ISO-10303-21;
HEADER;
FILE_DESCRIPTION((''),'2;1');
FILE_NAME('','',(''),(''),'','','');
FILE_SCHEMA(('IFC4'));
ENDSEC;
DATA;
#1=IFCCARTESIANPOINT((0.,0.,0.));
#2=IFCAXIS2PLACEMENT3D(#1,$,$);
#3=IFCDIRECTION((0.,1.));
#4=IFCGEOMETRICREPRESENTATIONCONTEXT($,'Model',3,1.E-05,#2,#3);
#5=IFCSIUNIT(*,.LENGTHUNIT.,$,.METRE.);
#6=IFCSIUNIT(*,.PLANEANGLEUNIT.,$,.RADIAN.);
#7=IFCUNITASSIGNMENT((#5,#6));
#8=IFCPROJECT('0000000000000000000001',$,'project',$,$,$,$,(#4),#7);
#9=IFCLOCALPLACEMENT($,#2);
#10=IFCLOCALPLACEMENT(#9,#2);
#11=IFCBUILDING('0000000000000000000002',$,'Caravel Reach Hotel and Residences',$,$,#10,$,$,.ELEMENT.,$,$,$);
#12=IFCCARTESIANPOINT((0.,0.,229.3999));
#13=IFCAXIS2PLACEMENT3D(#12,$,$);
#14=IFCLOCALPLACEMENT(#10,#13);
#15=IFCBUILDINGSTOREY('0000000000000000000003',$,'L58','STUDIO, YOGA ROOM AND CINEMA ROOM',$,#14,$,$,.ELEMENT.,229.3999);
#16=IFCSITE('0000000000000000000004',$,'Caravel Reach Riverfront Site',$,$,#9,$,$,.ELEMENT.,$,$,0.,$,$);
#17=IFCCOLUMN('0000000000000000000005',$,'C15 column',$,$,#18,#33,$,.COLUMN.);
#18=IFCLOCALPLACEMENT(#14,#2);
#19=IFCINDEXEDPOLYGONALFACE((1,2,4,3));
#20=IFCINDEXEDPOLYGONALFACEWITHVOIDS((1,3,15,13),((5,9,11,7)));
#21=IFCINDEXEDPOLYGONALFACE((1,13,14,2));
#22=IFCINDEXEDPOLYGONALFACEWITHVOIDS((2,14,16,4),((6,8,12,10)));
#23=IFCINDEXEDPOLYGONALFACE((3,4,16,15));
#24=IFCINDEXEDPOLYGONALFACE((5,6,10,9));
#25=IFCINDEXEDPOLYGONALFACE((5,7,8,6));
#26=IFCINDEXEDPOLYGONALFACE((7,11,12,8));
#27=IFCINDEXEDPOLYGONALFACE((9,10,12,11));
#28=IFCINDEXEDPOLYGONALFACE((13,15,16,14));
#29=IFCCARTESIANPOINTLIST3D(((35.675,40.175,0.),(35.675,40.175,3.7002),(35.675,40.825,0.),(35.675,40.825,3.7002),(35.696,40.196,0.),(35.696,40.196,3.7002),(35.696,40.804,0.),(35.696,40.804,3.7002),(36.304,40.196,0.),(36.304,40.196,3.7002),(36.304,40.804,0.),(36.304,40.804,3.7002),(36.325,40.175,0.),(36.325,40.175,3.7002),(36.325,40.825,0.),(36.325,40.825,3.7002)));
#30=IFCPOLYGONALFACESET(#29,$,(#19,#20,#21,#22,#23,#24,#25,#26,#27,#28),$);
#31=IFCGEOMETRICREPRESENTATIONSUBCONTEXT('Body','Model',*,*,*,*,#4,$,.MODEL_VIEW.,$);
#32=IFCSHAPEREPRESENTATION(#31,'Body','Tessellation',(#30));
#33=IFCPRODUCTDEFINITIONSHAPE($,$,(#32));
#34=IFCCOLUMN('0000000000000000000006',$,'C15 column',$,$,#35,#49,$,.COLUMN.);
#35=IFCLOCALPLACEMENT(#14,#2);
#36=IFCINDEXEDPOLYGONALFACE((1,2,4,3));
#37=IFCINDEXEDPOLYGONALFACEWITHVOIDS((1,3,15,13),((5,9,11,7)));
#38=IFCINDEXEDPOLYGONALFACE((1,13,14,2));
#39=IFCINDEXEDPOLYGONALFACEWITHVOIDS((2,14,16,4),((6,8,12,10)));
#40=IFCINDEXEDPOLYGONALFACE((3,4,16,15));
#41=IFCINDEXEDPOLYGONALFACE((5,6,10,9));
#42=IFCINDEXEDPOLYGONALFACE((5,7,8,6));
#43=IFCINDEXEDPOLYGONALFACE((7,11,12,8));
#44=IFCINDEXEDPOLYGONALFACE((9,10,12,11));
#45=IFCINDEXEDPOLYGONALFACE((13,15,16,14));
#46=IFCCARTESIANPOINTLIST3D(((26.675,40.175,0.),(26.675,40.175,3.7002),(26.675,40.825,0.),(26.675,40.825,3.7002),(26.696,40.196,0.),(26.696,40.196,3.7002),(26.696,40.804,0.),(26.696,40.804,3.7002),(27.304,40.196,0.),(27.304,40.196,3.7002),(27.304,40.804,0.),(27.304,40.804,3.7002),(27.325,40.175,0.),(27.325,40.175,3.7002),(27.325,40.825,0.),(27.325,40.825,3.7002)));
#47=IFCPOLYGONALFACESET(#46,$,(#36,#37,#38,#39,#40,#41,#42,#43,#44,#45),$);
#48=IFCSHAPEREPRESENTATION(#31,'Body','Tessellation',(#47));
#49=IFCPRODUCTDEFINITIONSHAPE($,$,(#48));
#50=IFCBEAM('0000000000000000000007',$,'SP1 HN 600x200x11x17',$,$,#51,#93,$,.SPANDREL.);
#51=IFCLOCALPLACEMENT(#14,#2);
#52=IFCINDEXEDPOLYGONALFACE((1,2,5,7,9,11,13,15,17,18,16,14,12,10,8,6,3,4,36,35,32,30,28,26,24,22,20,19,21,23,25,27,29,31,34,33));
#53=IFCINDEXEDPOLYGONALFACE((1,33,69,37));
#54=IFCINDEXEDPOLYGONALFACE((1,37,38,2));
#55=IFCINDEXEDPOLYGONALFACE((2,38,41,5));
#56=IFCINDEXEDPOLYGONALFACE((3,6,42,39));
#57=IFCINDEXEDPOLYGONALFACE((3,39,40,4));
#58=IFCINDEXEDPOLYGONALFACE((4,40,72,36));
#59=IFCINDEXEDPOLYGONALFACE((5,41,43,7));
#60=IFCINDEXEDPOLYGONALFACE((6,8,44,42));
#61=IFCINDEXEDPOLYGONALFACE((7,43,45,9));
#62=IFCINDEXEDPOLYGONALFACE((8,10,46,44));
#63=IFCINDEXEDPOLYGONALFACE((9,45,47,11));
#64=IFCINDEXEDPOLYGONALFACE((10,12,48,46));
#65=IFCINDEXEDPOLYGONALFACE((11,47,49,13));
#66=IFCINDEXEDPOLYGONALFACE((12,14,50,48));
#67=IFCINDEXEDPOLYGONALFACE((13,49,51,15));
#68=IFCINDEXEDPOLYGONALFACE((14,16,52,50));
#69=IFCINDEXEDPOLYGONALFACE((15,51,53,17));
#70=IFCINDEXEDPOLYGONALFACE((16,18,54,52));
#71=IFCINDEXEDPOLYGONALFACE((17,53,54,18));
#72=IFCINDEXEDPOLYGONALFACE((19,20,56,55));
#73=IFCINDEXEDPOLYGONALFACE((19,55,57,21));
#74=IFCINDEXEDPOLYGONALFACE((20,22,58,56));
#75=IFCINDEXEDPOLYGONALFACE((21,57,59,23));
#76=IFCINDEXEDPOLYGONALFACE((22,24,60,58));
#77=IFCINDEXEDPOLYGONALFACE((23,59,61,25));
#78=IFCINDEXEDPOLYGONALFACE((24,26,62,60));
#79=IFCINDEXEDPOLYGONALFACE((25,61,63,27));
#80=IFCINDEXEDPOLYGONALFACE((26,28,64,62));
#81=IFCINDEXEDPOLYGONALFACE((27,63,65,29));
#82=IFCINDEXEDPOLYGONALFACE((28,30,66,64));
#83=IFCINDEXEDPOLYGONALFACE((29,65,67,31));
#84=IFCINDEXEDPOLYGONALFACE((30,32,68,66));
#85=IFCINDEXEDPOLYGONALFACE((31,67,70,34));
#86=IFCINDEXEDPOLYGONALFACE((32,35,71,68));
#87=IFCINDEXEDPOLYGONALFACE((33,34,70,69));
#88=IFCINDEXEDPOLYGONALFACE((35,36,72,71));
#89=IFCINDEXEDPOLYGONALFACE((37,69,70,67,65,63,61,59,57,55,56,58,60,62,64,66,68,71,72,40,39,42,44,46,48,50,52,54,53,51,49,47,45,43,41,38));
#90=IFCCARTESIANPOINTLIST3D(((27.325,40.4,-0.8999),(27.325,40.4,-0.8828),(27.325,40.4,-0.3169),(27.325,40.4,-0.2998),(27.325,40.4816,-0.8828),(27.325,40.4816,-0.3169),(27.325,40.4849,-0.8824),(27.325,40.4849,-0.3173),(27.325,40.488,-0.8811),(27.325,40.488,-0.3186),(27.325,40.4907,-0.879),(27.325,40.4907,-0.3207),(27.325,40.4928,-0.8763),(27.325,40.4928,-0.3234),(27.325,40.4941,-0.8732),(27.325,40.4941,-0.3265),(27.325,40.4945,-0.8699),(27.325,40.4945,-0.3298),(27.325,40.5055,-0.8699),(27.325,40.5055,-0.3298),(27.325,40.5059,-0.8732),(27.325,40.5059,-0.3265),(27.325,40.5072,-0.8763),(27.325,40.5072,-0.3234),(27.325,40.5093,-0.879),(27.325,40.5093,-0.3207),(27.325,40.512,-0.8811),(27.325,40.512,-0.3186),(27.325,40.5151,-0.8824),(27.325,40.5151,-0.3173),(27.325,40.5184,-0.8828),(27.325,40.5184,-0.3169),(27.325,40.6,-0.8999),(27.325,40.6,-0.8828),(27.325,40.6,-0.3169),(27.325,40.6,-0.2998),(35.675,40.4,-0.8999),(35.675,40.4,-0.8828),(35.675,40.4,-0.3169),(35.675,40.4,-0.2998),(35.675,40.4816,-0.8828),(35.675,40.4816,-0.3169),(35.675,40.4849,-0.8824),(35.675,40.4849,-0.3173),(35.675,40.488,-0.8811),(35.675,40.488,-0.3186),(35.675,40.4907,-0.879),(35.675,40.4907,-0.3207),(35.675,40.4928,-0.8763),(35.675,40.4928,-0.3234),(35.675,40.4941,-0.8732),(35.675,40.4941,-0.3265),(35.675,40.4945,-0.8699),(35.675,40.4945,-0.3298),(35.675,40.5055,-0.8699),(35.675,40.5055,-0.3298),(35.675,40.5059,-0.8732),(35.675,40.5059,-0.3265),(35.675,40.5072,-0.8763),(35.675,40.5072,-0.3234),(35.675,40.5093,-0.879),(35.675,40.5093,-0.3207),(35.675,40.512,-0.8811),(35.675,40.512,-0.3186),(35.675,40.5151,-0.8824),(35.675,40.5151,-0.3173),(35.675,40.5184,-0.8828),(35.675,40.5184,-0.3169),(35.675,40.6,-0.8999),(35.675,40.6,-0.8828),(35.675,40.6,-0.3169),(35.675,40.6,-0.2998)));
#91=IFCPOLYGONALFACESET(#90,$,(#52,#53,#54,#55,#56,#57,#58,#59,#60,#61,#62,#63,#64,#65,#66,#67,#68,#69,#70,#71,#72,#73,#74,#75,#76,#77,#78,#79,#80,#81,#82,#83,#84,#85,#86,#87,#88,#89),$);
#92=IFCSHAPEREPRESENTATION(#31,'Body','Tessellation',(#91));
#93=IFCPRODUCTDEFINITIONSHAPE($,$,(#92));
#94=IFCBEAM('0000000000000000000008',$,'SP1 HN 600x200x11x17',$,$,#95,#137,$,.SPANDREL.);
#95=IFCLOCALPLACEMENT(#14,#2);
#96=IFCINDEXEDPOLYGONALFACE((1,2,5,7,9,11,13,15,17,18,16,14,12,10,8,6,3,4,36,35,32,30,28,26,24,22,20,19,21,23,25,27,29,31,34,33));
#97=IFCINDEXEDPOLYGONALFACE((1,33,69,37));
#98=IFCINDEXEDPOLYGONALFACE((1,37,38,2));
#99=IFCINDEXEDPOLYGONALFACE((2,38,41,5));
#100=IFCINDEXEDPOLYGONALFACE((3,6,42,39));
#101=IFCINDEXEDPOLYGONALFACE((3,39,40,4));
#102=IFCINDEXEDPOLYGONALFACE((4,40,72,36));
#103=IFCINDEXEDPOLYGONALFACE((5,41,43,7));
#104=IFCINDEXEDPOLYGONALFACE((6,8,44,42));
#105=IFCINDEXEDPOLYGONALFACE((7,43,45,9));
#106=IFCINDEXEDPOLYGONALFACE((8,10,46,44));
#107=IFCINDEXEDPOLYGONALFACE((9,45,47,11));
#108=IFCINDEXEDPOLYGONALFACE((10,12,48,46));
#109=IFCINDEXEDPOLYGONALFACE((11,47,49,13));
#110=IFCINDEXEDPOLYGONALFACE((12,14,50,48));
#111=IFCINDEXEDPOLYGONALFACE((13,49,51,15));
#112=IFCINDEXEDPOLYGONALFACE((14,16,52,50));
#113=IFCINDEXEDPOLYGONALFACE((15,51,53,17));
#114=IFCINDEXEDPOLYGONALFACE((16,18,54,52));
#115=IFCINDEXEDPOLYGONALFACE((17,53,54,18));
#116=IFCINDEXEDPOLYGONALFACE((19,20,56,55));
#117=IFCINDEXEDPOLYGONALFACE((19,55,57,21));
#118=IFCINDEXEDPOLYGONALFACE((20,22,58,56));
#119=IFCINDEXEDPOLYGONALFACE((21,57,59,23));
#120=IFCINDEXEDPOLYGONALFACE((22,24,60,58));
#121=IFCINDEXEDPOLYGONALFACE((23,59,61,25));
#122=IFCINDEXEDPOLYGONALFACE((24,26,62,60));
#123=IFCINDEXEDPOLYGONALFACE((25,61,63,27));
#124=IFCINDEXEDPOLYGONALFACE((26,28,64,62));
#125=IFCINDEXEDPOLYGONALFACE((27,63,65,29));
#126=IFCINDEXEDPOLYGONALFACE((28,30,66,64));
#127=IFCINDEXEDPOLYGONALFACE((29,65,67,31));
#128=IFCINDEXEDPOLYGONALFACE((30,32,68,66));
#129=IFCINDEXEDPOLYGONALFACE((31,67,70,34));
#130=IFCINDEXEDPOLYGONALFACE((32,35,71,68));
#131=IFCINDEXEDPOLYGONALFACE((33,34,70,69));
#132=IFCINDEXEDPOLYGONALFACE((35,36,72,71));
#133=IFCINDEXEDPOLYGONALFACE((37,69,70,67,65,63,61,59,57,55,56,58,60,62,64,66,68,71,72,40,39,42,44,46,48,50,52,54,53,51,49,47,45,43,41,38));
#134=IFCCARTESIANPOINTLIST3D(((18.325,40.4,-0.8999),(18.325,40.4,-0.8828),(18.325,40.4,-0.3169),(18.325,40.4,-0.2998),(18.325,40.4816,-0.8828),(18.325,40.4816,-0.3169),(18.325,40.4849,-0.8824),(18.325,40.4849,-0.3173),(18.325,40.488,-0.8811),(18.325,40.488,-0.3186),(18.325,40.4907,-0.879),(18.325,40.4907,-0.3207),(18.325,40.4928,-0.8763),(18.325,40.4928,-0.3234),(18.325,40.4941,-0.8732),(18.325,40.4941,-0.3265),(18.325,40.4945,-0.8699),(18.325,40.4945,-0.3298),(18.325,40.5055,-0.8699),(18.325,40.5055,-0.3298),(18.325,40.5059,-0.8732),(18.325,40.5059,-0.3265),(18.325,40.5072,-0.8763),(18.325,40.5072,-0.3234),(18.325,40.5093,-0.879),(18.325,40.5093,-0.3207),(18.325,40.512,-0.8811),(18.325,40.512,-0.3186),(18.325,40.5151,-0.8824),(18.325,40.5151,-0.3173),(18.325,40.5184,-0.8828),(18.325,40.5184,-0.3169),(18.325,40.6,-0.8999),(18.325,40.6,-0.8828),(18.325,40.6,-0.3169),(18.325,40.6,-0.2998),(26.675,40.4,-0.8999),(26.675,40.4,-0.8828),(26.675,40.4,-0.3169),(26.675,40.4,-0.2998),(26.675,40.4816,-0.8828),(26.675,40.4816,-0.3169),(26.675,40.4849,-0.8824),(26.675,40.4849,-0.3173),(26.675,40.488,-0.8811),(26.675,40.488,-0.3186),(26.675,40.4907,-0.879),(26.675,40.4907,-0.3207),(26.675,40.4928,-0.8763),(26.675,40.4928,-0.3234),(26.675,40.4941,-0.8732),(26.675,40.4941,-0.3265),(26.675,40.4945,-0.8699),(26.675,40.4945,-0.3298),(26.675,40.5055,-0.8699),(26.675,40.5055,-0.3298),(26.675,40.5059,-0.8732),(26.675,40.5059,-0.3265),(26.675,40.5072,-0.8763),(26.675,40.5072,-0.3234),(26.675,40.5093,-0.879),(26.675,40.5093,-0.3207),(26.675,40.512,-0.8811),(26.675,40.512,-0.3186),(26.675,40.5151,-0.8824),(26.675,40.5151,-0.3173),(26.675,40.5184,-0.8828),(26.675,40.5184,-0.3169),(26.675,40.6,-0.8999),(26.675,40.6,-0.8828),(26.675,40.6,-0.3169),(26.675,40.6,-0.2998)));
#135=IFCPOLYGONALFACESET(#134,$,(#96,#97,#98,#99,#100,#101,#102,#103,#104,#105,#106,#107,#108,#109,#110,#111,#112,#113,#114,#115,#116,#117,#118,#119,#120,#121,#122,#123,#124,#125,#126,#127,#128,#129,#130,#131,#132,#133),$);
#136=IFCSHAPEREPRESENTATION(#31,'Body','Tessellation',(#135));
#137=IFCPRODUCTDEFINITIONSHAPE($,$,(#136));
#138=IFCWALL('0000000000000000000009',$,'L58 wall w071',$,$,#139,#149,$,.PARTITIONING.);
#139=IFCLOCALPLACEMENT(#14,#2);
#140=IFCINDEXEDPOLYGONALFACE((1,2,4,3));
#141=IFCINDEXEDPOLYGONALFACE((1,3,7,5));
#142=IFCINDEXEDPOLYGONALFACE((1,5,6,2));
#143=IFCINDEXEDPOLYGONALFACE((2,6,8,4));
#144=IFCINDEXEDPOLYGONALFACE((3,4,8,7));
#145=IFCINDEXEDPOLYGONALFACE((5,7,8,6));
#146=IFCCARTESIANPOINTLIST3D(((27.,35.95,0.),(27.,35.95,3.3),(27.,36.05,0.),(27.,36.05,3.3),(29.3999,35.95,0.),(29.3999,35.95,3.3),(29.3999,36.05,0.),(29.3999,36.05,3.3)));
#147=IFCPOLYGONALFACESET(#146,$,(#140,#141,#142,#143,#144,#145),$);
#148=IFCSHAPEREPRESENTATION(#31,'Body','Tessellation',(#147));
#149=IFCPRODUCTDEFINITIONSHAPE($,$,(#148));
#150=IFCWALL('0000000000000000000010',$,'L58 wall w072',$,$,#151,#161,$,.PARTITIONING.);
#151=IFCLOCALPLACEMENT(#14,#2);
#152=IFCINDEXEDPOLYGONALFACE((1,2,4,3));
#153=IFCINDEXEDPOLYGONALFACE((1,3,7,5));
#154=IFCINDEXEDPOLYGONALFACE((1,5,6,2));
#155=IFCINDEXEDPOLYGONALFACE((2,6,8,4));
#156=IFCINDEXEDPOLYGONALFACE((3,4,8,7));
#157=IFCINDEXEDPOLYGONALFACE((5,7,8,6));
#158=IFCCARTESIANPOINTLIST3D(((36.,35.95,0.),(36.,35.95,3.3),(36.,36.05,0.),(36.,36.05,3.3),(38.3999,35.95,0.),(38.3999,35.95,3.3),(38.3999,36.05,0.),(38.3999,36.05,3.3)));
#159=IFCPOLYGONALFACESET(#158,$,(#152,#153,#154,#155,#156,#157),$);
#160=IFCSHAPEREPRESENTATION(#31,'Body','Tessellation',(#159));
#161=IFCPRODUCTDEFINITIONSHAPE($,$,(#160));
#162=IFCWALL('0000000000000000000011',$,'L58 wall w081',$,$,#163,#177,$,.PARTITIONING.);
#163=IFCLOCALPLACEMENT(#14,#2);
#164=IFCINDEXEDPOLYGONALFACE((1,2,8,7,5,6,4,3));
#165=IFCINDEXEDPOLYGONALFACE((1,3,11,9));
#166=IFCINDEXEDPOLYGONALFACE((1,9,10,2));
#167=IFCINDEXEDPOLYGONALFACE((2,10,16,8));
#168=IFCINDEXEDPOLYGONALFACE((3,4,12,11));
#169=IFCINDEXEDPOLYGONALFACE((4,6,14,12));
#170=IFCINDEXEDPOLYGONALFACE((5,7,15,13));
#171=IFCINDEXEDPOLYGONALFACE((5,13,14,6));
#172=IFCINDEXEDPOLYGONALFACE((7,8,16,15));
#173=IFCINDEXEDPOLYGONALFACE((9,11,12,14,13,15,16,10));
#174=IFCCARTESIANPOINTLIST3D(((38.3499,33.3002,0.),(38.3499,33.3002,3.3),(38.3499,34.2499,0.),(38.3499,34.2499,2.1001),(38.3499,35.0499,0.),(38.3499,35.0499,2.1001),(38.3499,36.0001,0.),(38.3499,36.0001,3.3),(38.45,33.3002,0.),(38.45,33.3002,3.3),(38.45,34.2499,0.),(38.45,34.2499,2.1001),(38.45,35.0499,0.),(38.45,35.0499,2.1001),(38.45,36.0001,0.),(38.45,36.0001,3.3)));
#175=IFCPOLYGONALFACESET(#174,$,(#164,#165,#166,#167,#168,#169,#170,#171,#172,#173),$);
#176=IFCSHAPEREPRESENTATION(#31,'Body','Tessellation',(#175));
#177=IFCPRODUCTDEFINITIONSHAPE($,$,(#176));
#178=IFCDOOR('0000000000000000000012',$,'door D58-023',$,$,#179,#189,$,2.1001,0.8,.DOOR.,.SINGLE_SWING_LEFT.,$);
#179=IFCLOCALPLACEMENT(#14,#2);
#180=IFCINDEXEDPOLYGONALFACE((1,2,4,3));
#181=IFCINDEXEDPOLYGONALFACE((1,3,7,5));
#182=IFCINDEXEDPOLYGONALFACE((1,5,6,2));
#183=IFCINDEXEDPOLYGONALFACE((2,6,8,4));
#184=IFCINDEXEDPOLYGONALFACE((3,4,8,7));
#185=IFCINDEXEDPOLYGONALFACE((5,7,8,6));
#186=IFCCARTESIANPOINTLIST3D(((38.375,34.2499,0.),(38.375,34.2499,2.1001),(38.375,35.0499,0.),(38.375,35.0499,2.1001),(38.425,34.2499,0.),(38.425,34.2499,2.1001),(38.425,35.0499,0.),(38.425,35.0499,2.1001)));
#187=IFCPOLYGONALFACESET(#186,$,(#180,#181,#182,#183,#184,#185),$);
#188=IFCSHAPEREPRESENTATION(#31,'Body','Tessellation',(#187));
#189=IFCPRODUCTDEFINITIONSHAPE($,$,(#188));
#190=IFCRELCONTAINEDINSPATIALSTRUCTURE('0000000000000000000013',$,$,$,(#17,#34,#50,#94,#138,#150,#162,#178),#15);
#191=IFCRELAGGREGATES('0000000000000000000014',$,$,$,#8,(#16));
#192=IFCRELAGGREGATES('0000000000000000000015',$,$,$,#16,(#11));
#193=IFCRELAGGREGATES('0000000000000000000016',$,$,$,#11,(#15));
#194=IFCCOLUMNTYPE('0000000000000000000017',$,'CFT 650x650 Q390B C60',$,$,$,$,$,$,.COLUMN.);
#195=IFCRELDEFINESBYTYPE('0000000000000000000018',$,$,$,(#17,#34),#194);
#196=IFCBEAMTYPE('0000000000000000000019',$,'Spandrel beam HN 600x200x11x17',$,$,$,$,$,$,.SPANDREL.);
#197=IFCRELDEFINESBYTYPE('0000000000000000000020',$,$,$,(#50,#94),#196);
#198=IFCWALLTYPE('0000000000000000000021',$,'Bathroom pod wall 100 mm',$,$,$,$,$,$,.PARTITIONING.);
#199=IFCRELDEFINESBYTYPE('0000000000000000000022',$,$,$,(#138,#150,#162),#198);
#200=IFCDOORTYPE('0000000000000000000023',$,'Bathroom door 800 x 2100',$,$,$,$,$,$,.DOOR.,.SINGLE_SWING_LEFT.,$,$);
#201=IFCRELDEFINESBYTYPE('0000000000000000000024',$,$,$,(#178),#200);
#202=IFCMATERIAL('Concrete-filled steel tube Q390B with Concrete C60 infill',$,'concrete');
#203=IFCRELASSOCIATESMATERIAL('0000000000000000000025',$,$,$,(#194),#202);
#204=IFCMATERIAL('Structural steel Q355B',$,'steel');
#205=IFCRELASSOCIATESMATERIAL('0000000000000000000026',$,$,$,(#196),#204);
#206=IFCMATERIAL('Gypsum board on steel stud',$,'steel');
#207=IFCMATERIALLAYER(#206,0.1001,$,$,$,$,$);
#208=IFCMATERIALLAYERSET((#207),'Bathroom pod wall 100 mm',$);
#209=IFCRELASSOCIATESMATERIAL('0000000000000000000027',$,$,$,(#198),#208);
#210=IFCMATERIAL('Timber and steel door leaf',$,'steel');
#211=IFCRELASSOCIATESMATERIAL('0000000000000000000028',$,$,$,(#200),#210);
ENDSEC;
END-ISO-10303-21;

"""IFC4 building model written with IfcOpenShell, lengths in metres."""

from ifc_helpers import new_model, si_unit, direction, frame, frame_2d, origin, origin_2d, place, context, subcontext, project, spatial, rectangle, hollow_rectangle, i_section, extrude, material, layer, layer_set, material_profile, profile_set, type_object, element, fill, save


model = new_model("IFC4")

# Units and contexts
model_context = context("Model", 3, precision=1e-05, world=origin(), true_north=direction((0.0, 1.0)))
body_context = subcontext(model_context, "Body", "Model", "MODEL_VIEW")
ifc_project = project(units=[si_unit("LENGTHUNIT", "METRE"), si_unit("PLANEANGLEUNIT", "RADIAN")], contexts=[model_context])

# Site, building, storey
site_placement = place(None, origin())
site = spatial("IfcSite", under=ifc_project, at=site_placement, Name="Caravel Reach Riverfront Site", CompositionType="ELEMENT", RefElevation=0.0)
building_placement = place(site_placement, origin())
building = spatial("IfcBuilding", under=site, at=building_placement, Name="Caravel Reach Hotel and Residences", CompositionType="ELEMENT")
storey_placement = place(building_placement, frame((0.0, 0.0, 229.3999)))
storey = spatial("IfcBuildingStorey", under=building, at=storey_placement, Name="L58", Description="STUDIO, YOGA ROOM AND CINEMA ROOM", CompositionType="ELEMENT", Elevation=229.3999)

# Columns
ifc_material_1 = material(Name="Concrete-filled steel tube Q390B with Concrete C60 infill", Category="concrete")
ifc_material_profile_1 = material_profile(ifc_material_1, hollow_rectangle(XDim=0.6499, YDim=0.6499, WallThickness=0.021, at=origin_2d()), Name="RHS 650x650x21")
ifc_profile_set_1 = profile_set([ifc_material_profile_1], Name="Concrete-filled steel tube Q390B with Concrete C60 infill")
column_type = type_object("IfcColumnType", Name="CFT 650x650 Q390B C60", PredefinedType="COLUMN", material=ifc_profile_set_1)
for number, where, z_axis, x_axis, name in (
    (1, (36.0, 40.5, 0.0), (0.0, 0.0, 1.0), (1.0, 0.0, 0.0), "C15 column"),
    (2, (27.0, 40.5, 0.0), (0.0, 0.0, 1.0), (1.0, 0.0, 0.0), "C15 column"),
):
    element("IfcColumn", number, at=place(storey_placement, frame(where, z_axis=z_axis, x_axis=x_axis)), inside=storey, type_object=column_type, Name=name, PredefinedType="COLUMN", context=body_context, shape_type="SweptSolid", body=[
        extrude(hollow_rectangle(XDim=0.6499, YDim=0.6499, WallThickness=0.021, at=origin_2d()), origin(), (0.0, 0.0, 1.0), 3.7002),
    ])

# Beams
ifc_material_2 = material(Name="Structural steel Q355B", Category="steel")
ifc_material_profile_2 = material_profile(ifc_material_2, i_section(OverallWidth=0.2, OverallDepth=0.6001, WebThickness=0.011, FlangeThickness=0.0171, FilletRadius=0.0129, at=origin_2d()), Name="HN 600x200x11x17")
ifc_profile_set_2 = profile_set([ifc_material_profile_2], Name="Structural steel Q355B")
beam_type = type_object("IfcBeamType", Name="Spandrel beam HN 600x200x11x17", PredefinedType="SPANDREL", material=ifc_profile_set_2)
for number, where, z_axis, x_axis, name in (
    (3, (35.675, 40.5, -0.5999), (-1.0, 0.0, 0.0), (0.0, -1.0, 0.0), "SP1 HN 600x200x11x17"),
    (4, (26.675, 40.5, -0.5999), (-1.0, 0.0, 0.0), (0.0, -1.0, 0.0), "SP1 HN 600x200x11x17"),
):
    element("IfcBeam", number, at=place(storey_placement, frame(where, z_axis=z_axis, x_axis=x_axis)), inside=storey, type_object=beam_type, Name=name, PredefinedType="SPANDREL", context=body_context, shape_type="SweptSolid", body=[
        extrude(i_section(OverallWidth=0.2, OverallDepth=0.6001, WebThickness=0.011, FlangeThickness=0.0171, FilletRadius=0.0129, at=origin_2d()), origin(), (0.0, 0.0, 1.0), 8.3501),
    ])

# Walls
ifc_material_3 = material(Name="Gypsum board on steel stud", Category="steel")
ifc_layer_1 = layer(ifc_material_3, 0.1001)
ifc_layer_set_1 = layer_set([ifc_layer_1], Name="Bathroom pod wall 100 mm")
wall_type_1 = type_object("IfcWallType", Name="Bathroom pod wall 100 mm", PredefinedType="PARTITIONING", material=ifc_layer_set_1)
for number, where, z_axis, x_axis, name in (
    (5, (27.0, 36.0, 0.0), (0.0, 0.0, 1.0), (1.0, 0.0, 0.0), "L58 wall w071"),
    (6, (36.0, 36.0, 0.0), (0.0, 0.0, 1.0), (1.0, 0.0, 0.0), "L58 wall w072"),
):
    element("IfcWall", number, at=place(storey_placement, frame(where, z_axis=z_axis, x_axis=x_axis)), inside=storey, type_object=wall_type_1, Name=name, PredefinedType="PARTITIONING", context=body_context, shape_type="SweptSolid", body=[
        extrude(rectangle(XDim=2.3999, YDim=0.1001, at=frame_2d((1.2, 0.0))), origin(), (0.0, 0.0, 1.0), 3.3),
    ])

# Wall, opening, door
wall_1_placement = place(storey_placement, frame((38.3999, 33.3, 0.0), z_axis=(0.0, 0.0, 1.0), x_axis=(0.0, 1.0, 0.0)))
wall_1 = element("IfcWall", 7, at=wall_1_placement, inside=storey, type_object=wall_type_1, Name="L58 wall w081", PredefinedType="PARTITIONING", context=body_context, shape_type="SweptSolid", body=[
    extrude(rectangle(XDim=2.7, YDim=0.1001, at=frame_2d((1.3501, 0.0))), origin(), (0.0, 0.0, 1.0), 3.3),
])
opening_1_placement = place(wall_1_placement, frame((0.95, 0.0, 0.0)))
opening_1 = element("IfcOpeningElement", 8, at=opening_1_placement, cuts=wall_1, PredefinedType="OPENING", context=body_context, shape_type="SweptSolid", body=[
    extrude(rectangle(XDim=0.8, YDim=2.1001, at=frame_2d((0.3999, 1.05))), frame((0.0, 0.0601, 0.0), z_axis=(0.0, -1.0, 0.0), x_axis=(1.0, 0.0, 0.0)), (0.0, 0.0, 1.0), 0.1201),
])
ifc_material_4 = material(Name="Timber and steel door leaf", Category="steel")
door_type_1 = type_object("IfcDoorType", Name="Bathroom door 800 x 2100", OperationType="SINGLE_SWING_LEFT", PredefinedType="DOOR", material=ifc_material_4)
door_1_placement = place(opening_1_placement, origin())
door_1 = element("IfcDoor", 9, at=door_1_placement, inside=storey, type_object=door_type_1, Name="door D58-023", OperationType="SINGLE_SWING_LEFT", OverallHeight=2.1001, OverallWidth=0.8, PredefinedType="DOOR", context=body_context, shape_type="SweptSolid", body=[
    extrude(rectangle(XDim=0.8, YDim=2.1001, at=frame_2d((0.3999, 1.05))), frame((0.0, 0.0249, 0.0), z_axis=(0.0, -1.0, 0.0), x_axis=(1.0, 0.0, 0.0)), (0.0, 0.0, 1.0), 0.05),
])
fill(opening_1, door_1)

save(model, "model.ifc")
